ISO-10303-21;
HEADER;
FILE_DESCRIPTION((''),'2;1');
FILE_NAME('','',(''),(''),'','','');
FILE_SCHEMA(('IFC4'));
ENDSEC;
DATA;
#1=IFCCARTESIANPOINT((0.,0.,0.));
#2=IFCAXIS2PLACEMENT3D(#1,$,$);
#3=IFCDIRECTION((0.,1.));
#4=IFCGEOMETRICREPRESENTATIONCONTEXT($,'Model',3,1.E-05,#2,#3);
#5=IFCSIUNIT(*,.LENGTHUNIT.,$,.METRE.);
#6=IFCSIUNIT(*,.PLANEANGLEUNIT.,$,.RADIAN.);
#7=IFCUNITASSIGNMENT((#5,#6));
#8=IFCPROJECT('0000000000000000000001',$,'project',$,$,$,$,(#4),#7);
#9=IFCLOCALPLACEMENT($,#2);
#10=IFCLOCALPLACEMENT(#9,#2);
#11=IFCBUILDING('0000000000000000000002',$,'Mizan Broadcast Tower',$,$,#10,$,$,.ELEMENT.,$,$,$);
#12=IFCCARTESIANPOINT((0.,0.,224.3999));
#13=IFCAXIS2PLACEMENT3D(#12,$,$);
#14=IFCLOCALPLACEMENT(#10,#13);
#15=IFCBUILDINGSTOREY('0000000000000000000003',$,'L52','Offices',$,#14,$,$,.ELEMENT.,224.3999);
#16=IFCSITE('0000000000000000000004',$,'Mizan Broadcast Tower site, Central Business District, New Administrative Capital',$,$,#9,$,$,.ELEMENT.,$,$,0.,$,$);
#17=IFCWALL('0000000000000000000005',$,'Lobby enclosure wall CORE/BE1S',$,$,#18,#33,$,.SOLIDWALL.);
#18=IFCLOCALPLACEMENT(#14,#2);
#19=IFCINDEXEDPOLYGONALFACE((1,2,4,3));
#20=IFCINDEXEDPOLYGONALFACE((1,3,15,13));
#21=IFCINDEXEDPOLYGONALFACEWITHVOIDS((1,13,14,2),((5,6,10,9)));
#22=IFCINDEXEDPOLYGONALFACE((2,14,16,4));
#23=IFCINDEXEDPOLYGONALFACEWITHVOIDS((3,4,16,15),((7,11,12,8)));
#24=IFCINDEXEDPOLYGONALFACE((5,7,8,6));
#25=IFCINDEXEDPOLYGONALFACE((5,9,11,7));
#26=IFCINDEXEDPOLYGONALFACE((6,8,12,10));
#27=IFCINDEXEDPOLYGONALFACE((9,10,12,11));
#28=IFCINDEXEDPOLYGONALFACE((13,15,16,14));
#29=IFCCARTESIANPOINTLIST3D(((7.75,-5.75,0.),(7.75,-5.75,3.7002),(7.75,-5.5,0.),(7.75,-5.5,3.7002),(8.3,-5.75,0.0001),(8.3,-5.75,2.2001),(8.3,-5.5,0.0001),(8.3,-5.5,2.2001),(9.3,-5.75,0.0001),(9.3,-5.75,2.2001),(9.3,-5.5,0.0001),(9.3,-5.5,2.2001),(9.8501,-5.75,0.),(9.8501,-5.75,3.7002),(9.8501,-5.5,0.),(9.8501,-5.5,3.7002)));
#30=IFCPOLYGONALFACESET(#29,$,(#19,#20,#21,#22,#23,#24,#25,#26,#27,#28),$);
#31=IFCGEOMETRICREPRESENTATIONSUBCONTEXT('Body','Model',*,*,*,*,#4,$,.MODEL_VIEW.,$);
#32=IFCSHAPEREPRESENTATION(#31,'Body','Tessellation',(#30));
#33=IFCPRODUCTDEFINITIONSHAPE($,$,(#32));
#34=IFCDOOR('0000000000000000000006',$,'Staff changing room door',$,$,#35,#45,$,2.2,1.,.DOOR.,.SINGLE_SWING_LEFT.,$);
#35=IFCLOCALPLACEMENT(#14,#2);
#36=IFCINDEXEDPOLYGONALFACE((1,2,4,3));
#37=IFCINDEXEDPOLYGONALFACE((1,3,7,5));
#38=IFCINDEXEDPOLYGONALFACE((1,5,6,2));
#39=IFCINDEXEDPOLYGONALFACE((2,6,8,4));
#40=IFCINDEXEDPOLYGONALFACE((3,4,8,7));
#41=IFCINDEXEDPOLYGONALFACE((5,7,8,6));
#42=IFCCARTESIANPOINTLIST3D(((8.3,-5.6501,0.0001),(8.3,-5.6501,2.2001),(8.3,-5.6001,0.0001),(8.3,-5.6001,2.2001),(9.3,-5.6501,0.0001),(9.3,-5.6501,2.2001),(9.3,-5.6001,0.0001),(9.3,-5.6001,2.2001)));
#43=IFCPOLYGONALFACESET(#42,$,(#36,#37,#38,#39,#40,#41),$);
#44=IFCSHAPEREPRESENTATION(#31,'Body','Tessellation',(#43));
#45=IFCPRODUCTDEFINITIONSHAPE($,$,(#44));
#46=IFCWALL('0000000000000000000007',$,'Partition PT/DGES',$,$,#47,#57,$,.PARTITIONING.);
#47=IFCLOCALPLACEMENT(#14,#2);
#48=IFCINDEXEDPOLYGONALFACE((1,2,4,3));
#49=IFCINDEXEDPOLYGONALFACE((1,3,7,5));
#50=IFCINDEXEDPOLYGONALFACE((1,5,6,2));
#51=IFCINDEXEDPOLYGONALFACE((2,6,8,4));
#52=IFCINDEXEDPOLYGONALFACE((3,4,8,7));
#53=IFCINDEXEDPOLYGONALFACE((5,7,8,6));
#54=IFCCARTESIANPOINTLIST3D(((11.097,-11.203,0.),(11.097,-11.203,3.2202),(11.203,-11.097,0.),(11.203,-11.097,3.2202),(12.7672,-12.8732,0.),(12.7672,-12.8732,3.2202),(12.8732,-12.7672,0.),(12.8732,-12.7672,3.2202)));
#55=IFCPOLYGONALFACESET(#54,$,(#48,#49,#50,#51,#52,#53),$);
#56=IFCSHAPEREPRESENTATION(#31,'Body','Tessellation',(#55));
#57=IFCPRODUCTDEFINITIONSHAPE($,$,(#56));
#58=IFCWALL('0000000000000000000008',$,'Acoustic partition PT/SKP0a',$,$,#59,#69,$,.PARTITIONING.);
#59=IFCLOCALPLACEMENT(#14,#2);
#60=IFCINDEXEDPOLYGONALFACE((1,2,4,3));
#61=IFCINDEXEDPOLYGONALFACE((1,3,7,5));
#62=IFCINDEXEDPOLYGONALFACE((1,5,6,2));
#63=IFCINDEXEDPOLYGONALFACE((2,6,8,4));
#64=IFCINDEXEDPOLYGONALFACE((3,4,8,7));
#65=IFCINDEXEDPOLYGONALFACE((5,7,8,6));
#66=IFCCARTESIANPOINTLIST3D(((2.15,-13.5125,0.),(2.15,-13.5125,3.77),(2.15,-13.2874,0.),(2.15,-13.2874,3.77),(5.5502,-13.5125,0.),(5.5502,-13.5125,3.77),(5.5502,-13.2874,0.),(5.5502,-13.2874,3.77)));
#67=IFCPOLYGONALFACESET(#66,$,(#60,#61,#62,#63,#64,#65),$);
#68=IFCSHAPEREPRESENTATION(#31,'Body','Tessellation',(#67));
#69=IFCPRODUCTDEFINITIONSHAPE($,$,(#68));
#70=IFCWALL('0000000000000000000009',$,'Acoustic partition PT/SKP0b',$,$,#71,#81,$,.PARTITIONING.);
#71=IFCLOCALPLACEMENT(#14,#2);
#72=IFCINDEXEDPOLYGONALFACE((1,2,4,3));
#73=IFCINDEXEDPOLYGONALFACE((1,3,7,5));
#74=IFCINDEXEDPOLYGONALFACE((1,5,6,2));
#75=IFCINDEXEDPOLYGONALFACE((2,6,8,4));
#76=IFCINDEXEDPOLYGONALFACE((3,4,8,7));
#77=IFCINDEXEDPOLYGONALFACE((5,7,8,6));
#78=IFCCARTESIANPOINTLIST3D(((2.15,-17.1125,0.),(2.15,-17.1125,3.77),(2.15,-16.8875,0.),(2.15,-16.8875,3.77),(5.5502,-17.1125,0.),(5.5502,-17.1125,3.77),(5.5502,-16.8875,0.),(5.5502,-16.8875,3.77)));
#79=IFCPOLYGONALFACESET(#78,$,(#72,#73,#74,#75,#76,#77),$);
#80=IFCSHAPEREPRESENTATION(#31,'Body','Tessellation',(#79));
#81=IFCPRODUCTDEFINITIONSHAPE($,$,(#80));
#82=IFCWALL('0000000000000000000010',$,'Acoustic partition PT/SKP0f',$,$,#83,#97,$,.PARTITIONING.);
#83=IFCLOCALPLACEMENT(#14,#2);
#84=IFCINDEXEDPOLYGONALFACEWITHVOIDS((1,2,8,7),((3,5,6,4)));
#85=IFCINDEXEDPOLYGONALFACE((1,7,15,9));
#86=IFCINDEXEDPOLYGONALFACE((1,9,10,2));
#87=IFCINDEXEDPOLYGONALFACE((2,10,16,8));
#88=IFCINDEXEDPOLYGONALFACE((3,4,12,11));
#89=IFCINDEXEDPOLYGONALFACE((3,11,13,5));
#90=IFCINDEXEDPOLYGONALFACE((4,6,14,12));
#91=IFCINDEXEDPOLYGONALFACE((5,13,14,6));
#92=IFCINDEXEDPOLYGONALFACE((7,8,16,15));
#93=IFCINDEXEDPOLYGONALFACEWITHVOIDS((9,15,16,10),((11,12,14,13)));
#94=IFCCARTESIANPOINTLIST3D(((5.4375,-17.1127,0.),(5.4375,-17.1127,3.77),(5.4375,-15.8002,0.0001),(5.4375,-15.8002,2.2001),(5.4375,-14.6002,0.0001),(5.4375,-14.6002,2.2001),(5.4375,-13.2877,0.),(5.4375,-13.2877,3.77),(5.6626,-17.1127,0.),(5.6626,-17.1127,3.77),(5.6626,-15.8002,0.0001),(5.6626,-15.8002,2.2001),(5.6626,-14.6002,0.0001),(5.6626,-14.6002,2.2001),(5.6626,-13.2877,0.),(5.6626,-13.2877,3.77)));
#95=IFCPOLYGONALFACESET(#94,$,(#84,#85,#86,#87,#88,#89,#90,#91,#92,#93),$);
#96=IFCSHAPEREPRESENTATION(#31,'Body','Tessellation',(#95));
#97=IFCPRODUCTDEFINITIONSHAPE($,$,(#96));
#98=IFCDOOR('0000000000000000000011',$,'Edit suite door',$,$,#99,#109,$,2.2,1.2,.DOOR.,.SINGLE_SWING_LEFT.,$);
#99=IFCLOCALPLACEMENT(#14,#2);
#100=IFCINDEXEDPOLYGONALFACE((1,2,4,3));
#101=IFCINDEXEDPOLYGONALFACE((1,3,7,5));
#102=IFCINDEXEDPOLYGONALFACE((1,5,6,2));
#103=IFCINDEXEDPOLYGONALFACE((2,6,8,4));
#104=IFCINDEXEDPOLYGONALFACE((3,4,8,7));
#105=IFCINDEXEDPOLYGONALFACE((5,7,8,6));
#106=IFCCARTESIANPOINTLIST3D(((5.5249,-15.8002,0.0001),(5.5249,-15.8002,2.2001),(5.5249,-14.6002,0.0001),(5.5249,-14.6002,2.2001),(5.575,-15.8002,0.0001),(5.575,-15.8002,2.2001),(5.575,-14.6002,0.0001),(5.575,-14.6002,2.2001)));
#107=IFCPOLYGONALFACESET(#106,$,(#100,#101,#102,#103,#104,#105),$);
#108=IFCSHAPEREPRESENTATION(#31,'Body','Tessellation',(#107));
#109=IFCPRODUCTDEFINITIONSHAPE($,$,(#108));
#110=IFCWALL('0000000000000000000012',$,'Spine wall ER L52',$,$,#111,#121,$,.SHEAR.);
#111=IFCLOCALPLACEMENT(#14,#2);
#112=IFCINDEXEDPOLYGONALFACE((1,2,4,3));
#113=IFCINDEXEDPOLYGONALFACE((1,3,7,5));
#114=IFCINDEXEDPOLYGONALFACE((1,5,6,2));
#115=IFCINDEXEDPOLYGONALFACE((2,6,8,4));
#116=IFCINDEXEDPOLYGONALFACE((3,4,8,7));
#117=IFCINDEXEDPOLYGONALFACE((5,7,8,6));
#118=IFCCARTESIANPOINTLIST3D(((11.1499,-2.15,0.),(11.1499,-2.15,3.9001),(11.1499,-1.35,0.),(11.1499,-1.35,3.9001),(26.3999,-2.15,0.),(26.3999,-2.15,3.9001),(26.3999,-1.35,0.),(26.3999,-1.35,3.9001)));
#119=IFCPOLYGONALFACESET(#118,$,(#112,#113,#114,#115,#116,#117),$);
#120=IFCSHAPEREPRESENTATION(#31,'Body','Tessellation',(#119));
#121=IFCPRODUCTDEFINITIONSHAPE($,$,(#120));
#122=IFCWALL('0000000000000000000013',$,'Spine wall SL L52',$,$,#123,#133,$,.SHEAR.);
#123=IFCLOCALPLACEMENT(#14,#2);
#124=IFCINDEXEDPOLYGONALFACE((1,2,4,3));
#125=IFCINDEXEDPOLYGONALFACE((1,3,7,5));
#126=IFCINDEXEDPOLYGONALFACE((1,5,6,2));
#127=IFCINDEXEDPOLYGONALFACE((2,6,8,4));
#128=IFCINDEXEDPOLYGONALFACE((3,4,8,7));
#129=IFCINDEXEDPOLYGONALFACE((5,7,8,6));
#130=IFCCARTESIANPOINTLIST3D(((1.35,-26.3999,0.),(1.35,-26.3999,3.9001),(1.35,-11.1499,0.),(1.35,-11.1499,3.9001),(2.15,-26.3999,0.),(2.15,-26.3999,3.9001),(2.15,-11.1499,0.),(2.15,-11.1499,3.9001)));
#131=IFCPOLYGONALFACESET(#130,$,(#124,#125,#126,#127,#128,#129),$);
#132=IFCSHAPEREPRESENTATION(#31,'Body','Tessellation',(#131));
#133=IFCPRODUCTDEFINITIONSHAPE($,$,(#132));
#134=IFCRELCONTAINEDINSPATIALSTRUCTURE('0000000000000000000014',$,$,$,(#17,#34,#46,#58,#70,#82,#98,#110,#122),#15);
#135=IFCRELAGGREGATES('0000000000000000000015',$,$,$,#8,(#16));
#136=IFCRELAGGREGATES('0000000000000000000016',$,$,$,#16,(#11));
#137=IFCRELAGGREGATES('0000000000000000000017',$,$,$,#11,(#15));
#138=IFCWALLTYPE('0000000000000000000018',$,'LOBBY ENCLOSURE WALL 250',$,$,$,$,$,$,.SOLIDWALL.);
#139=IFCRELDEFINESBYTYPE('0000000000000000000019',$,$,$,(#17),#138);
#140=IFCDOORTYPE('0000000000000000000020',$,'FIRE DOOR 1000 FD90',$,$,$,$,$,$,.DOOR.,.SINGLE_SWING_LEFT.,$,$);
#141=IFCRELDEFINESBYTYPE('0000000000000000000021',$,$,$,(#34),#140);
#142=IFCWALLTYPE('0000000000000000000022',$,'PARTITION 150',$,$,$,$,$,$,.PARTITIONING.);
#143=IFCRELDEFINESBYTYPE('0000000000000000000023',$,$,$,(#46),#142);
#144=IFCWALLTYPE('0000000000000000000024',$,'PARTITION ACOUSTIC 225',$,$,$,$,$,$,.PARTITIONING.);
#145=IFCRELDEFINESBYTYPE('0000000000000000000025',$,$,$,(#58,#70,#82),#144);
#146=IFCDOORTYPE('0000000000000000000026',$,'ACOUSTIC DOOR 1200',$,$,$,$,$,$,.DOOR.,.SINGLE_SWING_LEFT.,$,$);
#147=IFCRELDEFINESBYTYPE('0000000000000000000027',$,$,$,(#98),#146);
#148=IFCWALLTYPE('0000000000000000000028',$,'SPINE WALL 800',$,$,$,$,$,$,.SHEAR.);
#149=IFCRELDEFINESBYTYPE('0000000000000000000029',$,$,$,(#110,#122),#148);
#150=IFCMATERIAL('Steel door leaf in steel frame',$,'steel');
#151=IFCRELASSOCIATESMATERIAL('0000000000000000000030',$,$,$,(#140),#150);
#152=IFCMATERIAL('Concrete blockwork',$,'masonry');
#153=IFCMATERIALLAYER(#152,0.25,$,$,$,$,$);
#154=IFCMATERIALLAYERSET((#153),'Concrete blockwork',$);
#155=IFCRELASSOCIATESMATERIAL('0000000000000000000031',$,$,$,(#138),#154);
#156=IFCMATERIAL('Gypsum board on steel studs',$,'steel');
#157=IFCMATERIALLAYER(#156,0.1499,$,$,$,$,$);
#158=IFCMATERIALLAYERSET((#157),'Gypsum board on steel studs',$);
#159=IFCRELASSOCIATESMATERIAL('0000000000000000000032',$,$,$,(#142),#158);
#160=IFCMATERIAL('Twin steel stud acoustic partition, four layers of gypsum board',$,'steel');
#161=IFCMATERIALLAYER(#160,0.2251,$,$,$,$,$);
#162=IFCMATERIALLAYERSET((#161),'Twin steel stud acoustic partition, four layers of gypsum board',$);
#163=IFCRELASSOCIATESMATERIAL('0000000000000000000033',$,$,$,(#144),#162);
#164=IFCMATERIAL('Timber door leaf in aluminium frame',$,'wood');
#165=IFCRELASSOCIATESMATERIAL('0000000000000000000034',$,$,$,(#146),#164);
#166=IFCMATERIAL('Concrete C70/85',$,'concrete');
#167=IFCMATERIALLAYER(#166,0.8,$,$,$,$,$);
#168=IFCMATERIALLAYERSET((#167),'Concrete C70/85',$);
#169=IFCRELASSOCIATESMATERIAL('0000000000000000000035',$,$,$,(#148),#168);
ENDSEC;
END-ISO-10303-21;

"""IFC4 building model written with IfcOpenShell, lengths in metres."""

from ifc_helpers import new_model, si_unit, direction, frame, frame_2d, origin, place, context, subcontext, project, spatial, rectangle, extrude, material, layer, layer_set, type_object, element, fill, save


model = new_model("IFC4")

# Units and contexts
model_context = context("Model", 3, precision=1e-05, world=origin(), true_north=direction((0.0, 1.0)))
body_context = subcontext(model_context, "Body", "Model", "MODEL_VIEW")
ifc_project = project(units=[si_unit("LENGTHUNIT", "METRE"), si_unit("PLANEANGLEUNIT", "RADIAN")], contexts=[model_context])

# Site, building, storey
site_placement = place(None, origin())
site = spatial("IfcSite", under=ifc_project, at=site_placement, Name="Mizan Broadcast Tower site, Central Business District, New Administrative Capital", CompositionType="ELEMENT", RefElevation=0.0)
building_placement = place(site_placement, origin())
building = spatial("IfcBuilding", under=site, at=building_placement, Name="Mizan Broadcast Tower", CompositionType="ELEMENT")
storey_placement = place(building_placement, frame((0.0, 0.0, 224.3999)))
storey = spatial("IfcBuildingStorey", under=building, at=storey_placement, Name="L52", Description="Offices", CompositionType="ELEMENT", Elevation=224.3999)

# Shared definitions
ifc_material_1 = material(Name="Steel door leaf in steel frame", Category="steel")
door_type_1 = type_object("IfcDoorType", Name="FIRE DOOR 1000 FD90", OperationType="SINGLE_SWING_LEFT", PredefinedType="DOOR", material=ifc_material_1)

# Shared definitions
ifc_material_2 = material(Name="Concrete blockwork", Category="masonry")
ifc_layer_1 = layer(ifc_material_2, 0.25)
ifc_layer_set_1 = layer_set([ifc_layer_1], Name="Concrete blockwork")
wall_type_1 = type_object("IfcWallType", Name="LOBBY ENCLOSURE WALL 250", PredefinedType="SOLIDWALL", material=ifc_layer_set_1)

# Wall, opening, door
wall_1_placement = place(storey_placement, frame((7.75, -5.625, 0.0), z_axis=(0.0, 0.0, 1.0), x_axis=(1.0, 0.0, 0.0)))
wall_1 = element("IfcWall", 1, at=wall_1_placement, inside=storey, type_object=wall_type_1, Name="Lobby enclosure wall CORE/BE1S", PredefinedType="SOLIDWALL", context=body_context, shape_type="SweptSolid", body=[
    extrude(rectangle(XDim=2.1001, YDim=0.25, at=frame_2d((1.05, 0.0))), origin(), (0.0, 0.0, 1.0), 3.7002),
])
opening_1_placement = place(wall_1_placement, frame((0.55, 0.0, 0.0)))
opening_1 = element("IfcOpeningElement", 2, at=opening_1_placement, cuts=wall_1, PredefinedType="OPENING", context=body_context, shape_type="SweptSolid", body=[
    extrude(rectangle(XDim=1.0, YDim=2.2, at=frame_2d((0.5, 1.1001))), frame((0.0, 0.135, 0.0), z_axis=(0.0, -1.0, 0.0), x_axis=(1.0, 0.0, 0.0)), (0.0, 0.0, 1.0), 0.27),
])
door_1_placement = place(opening_1_placement, origin())
door_1 = element("IfcDoor", 3, at=door_1_placement, inside=storey, type_object=door_type_1, Name="Staff changing room door", OperationType="SINGLE_SWING_LEFT", OverallHeight=2.2, OverallWidth=1.0, PredefinedType="DOOR", context=body_context, shape_type="SweptSolid", body=[
    extrude(rectangle(XDim=1.0, YDim=2.2, at=frame_2d((0.5, 1.1001))), frame((0.0, 0.0249, 0.0), z_axis=(0.0, -1.0, 0.0), x_axis=(1.0, 0.0, 0.0)), (0.0, 0.0, 1.0), 0.05),
])
fill(opening_1, door_1)

# Walls
ifc_material_3 = material(Name="Gypsum board on steel studs", Category="steel")
ifc_layer_2 = layer(ifc_material_3, 0.1499)
ifc_layer_set_2 = layer_set([ifc_layer_2], Name="Gypsum board on steel studs")
wall_type_2 = type_object("IfcWallType", Name="PARTITION 150", PredefinedType="PARTITIONING", material=ifc_layer_set_2)
wall_2_placement = place(storey_placement, frame((11.1499, -11.1499, 0.0), z_axis=(0.0, 0.0, 1.0), x_axis=(0.707107, -0.707107, 0.0)))
element("IfcWall", 4, at=wall_2_placement, inside=storey, type_object=wall_type_2, Name="Partition PT/DGES", PredefinedType="PARTITIONING", context=body_context, shape_type="SweptSolid", body=[
    extrude(rectangle(XDim=2.3621, YDim=0.1499, at=frame_2d((1.1812, 0.0))), origin(), (0.0, 0.0, 1.0), 3.2202),
])
ifc_material_4 = material(Name="Twin steel stud acoustic partition, four layers of gypsum board", Category="steel")
ifc_layer_3 = layer(ifc_material_4, 0.2251)
ifc_layer_set_3 = layer_set([ifc_layer_3], Name="Twin steel stud acoustic partition, four layers of gypsum board")
wall_type_3 = type_object("IfcWallType", Name="PARTITION ACOUSTIC 225", PredefinedType="PARTITIONING", material=ifc_layer_set_3)
for number, where, z_axis, x_axis, name in (
    (5, (2.1499, -13.3999, 0.0), (0.0, 0.0, 1.0), (1.0, 0.0, 0.0), "Acoustic partition PT/SKP0a"),
    (6, (2.1499, -17.0, 0.0), (0.0, 0.0, 1.0), (1.0, 0.0, 0.0), "Acoustic partition PT/SKP0b"),
):
    element("IfcWall", number, at=place(storey_placement, frame(where, z_axis=z_axis, x_axis=x_axis)), inside=storey, type_object=wall_type_3, Name=name, PredefinedType="PARTITIONING", context=body_context, shape_type="SweptSolid", body=[
        extrude(rectangle(XDim=3.4001, YDim=0.2251, at=frame_2d((1.7002, 0.0))), origin(), (0.0, 0.0, 1.0), 3.77),
    ])

# Wall, opening, door
wall_3_placement = place(storey_placement, frame((5.55, -13.2876, 0.0), z_axis=(0.0, 0.0, 1.0), x_axis=(0.0, -1.0, 0.0)))
wall_3 = element("IfcWall", 7, at=wall_3_placement, inside=storey, type_object=wall_type_3, Name="Acoustic partition PT/SKP0f", PredefinedType="PARTITIONING", context=body_context, shape_type="SweptSolid", body=[
    extrude(rectangle(XDim=3.825, YDim=0.2251, at=frame_2d((1.9126, 0.0))), origin(), (0.0, 0.0, 1.0), 3.77),
])
opening_2_placement = place(wall_3_placement, frame((1.3125, 0.0, 0.0)))
opening_2 = element("IfcOpeningElement", 8, at=opening_2_placement, cuts=wall_3, PredefinedType="OPENING", context=body_context, shape_type="SweptSolid", body=[
    extrude(rectangle(XDim=1.2, YDim=2.2, at=frame_2d((0.6001, 1.1001))), frame((0.0, 0.1226, 0.0), z_axis=(0.0, -1.0, 0.0), x_axis=(1.0, 0.0, 0.0)), (0.0, 0.0, 1.0), 0.2451),
])
ifc_material_5 = material(Name="Timber door leaf in aluminium frame", Category="wood")
door_type_2 = type_object("IfcDoorType", Name="ACOUSTIC DOOR 1200", OperationType="SINGLE_SWING_LEFT", PredefinedType="DOOR", material=ifc_material_5)
door_2_placement = place(opening_2_placement, origin())
door_2 = element("IfcDoor", 9, at=door_2_placement, inside=storey, type_object=door_type_2, Name="Edit suite door", OperationType="SINGLE_SWING_LEFT", OverallHeight=2.2, OverallWidth=1.2, PredefinedType="DOOR", context=body_context, shape_type="SweptSolid", body=[
    extrude(rectangle(XDim=1.2, YDim=2.2, at=frame_2d((0.6001, 1.1001))), frame((0.0, 0.0249, 0.0), z_axis=(0.0, -1.0, 0.0), x_axis=(1.0, 0.0, 0.0)), (0.0, 0.0, 1.0), 0.05),
])
fill(opening_2, door_2)

# Walls
ifc_material_6 = material(Name="Concrete C70/85", Category="concrete")
ifc_layer_4 = layer(ifc_material_6, 0.8)
ifc_layer_set_4 = layer_set([ifc_layer_4], Name="Concrete C70/85")
wall_type_4 = type_object("IfcWallType", Name="SPINE WALL 800", PredefinedType="SHEAR", material=ifc_layer_set_4)
for number, where, z_axis, x_axis, name in (
    (10, (11.1499, -1.75, 0.0), (0.0, 0.0, 1.0), (1.0, 0.0, 0.0), "Spine wall ER L52"),
    (11, (1.75, -11.1499, 0.0), (0.0, 0.0, 1.0), (0.0, -1.0, 0.0), "Spine wall SL L52"),
):
    element("IfcWall", number, at=place(storey_placement, frame(where, z_axis=z_axis, x_axis=x_axis)), inside=storey, type_object=wall_type_4, Name=name, PredefinedType="SHEAR", context=body_context, shape_type="SweptSolid", body=[
        extrude(rectangle(XDim=15.25, YDim=0.8, at=frame_2d((7.625, 0.0))), origin(), (0.0, 0.0, 1.0), 3.9001),
    ])

save(model, "model.ifc")
